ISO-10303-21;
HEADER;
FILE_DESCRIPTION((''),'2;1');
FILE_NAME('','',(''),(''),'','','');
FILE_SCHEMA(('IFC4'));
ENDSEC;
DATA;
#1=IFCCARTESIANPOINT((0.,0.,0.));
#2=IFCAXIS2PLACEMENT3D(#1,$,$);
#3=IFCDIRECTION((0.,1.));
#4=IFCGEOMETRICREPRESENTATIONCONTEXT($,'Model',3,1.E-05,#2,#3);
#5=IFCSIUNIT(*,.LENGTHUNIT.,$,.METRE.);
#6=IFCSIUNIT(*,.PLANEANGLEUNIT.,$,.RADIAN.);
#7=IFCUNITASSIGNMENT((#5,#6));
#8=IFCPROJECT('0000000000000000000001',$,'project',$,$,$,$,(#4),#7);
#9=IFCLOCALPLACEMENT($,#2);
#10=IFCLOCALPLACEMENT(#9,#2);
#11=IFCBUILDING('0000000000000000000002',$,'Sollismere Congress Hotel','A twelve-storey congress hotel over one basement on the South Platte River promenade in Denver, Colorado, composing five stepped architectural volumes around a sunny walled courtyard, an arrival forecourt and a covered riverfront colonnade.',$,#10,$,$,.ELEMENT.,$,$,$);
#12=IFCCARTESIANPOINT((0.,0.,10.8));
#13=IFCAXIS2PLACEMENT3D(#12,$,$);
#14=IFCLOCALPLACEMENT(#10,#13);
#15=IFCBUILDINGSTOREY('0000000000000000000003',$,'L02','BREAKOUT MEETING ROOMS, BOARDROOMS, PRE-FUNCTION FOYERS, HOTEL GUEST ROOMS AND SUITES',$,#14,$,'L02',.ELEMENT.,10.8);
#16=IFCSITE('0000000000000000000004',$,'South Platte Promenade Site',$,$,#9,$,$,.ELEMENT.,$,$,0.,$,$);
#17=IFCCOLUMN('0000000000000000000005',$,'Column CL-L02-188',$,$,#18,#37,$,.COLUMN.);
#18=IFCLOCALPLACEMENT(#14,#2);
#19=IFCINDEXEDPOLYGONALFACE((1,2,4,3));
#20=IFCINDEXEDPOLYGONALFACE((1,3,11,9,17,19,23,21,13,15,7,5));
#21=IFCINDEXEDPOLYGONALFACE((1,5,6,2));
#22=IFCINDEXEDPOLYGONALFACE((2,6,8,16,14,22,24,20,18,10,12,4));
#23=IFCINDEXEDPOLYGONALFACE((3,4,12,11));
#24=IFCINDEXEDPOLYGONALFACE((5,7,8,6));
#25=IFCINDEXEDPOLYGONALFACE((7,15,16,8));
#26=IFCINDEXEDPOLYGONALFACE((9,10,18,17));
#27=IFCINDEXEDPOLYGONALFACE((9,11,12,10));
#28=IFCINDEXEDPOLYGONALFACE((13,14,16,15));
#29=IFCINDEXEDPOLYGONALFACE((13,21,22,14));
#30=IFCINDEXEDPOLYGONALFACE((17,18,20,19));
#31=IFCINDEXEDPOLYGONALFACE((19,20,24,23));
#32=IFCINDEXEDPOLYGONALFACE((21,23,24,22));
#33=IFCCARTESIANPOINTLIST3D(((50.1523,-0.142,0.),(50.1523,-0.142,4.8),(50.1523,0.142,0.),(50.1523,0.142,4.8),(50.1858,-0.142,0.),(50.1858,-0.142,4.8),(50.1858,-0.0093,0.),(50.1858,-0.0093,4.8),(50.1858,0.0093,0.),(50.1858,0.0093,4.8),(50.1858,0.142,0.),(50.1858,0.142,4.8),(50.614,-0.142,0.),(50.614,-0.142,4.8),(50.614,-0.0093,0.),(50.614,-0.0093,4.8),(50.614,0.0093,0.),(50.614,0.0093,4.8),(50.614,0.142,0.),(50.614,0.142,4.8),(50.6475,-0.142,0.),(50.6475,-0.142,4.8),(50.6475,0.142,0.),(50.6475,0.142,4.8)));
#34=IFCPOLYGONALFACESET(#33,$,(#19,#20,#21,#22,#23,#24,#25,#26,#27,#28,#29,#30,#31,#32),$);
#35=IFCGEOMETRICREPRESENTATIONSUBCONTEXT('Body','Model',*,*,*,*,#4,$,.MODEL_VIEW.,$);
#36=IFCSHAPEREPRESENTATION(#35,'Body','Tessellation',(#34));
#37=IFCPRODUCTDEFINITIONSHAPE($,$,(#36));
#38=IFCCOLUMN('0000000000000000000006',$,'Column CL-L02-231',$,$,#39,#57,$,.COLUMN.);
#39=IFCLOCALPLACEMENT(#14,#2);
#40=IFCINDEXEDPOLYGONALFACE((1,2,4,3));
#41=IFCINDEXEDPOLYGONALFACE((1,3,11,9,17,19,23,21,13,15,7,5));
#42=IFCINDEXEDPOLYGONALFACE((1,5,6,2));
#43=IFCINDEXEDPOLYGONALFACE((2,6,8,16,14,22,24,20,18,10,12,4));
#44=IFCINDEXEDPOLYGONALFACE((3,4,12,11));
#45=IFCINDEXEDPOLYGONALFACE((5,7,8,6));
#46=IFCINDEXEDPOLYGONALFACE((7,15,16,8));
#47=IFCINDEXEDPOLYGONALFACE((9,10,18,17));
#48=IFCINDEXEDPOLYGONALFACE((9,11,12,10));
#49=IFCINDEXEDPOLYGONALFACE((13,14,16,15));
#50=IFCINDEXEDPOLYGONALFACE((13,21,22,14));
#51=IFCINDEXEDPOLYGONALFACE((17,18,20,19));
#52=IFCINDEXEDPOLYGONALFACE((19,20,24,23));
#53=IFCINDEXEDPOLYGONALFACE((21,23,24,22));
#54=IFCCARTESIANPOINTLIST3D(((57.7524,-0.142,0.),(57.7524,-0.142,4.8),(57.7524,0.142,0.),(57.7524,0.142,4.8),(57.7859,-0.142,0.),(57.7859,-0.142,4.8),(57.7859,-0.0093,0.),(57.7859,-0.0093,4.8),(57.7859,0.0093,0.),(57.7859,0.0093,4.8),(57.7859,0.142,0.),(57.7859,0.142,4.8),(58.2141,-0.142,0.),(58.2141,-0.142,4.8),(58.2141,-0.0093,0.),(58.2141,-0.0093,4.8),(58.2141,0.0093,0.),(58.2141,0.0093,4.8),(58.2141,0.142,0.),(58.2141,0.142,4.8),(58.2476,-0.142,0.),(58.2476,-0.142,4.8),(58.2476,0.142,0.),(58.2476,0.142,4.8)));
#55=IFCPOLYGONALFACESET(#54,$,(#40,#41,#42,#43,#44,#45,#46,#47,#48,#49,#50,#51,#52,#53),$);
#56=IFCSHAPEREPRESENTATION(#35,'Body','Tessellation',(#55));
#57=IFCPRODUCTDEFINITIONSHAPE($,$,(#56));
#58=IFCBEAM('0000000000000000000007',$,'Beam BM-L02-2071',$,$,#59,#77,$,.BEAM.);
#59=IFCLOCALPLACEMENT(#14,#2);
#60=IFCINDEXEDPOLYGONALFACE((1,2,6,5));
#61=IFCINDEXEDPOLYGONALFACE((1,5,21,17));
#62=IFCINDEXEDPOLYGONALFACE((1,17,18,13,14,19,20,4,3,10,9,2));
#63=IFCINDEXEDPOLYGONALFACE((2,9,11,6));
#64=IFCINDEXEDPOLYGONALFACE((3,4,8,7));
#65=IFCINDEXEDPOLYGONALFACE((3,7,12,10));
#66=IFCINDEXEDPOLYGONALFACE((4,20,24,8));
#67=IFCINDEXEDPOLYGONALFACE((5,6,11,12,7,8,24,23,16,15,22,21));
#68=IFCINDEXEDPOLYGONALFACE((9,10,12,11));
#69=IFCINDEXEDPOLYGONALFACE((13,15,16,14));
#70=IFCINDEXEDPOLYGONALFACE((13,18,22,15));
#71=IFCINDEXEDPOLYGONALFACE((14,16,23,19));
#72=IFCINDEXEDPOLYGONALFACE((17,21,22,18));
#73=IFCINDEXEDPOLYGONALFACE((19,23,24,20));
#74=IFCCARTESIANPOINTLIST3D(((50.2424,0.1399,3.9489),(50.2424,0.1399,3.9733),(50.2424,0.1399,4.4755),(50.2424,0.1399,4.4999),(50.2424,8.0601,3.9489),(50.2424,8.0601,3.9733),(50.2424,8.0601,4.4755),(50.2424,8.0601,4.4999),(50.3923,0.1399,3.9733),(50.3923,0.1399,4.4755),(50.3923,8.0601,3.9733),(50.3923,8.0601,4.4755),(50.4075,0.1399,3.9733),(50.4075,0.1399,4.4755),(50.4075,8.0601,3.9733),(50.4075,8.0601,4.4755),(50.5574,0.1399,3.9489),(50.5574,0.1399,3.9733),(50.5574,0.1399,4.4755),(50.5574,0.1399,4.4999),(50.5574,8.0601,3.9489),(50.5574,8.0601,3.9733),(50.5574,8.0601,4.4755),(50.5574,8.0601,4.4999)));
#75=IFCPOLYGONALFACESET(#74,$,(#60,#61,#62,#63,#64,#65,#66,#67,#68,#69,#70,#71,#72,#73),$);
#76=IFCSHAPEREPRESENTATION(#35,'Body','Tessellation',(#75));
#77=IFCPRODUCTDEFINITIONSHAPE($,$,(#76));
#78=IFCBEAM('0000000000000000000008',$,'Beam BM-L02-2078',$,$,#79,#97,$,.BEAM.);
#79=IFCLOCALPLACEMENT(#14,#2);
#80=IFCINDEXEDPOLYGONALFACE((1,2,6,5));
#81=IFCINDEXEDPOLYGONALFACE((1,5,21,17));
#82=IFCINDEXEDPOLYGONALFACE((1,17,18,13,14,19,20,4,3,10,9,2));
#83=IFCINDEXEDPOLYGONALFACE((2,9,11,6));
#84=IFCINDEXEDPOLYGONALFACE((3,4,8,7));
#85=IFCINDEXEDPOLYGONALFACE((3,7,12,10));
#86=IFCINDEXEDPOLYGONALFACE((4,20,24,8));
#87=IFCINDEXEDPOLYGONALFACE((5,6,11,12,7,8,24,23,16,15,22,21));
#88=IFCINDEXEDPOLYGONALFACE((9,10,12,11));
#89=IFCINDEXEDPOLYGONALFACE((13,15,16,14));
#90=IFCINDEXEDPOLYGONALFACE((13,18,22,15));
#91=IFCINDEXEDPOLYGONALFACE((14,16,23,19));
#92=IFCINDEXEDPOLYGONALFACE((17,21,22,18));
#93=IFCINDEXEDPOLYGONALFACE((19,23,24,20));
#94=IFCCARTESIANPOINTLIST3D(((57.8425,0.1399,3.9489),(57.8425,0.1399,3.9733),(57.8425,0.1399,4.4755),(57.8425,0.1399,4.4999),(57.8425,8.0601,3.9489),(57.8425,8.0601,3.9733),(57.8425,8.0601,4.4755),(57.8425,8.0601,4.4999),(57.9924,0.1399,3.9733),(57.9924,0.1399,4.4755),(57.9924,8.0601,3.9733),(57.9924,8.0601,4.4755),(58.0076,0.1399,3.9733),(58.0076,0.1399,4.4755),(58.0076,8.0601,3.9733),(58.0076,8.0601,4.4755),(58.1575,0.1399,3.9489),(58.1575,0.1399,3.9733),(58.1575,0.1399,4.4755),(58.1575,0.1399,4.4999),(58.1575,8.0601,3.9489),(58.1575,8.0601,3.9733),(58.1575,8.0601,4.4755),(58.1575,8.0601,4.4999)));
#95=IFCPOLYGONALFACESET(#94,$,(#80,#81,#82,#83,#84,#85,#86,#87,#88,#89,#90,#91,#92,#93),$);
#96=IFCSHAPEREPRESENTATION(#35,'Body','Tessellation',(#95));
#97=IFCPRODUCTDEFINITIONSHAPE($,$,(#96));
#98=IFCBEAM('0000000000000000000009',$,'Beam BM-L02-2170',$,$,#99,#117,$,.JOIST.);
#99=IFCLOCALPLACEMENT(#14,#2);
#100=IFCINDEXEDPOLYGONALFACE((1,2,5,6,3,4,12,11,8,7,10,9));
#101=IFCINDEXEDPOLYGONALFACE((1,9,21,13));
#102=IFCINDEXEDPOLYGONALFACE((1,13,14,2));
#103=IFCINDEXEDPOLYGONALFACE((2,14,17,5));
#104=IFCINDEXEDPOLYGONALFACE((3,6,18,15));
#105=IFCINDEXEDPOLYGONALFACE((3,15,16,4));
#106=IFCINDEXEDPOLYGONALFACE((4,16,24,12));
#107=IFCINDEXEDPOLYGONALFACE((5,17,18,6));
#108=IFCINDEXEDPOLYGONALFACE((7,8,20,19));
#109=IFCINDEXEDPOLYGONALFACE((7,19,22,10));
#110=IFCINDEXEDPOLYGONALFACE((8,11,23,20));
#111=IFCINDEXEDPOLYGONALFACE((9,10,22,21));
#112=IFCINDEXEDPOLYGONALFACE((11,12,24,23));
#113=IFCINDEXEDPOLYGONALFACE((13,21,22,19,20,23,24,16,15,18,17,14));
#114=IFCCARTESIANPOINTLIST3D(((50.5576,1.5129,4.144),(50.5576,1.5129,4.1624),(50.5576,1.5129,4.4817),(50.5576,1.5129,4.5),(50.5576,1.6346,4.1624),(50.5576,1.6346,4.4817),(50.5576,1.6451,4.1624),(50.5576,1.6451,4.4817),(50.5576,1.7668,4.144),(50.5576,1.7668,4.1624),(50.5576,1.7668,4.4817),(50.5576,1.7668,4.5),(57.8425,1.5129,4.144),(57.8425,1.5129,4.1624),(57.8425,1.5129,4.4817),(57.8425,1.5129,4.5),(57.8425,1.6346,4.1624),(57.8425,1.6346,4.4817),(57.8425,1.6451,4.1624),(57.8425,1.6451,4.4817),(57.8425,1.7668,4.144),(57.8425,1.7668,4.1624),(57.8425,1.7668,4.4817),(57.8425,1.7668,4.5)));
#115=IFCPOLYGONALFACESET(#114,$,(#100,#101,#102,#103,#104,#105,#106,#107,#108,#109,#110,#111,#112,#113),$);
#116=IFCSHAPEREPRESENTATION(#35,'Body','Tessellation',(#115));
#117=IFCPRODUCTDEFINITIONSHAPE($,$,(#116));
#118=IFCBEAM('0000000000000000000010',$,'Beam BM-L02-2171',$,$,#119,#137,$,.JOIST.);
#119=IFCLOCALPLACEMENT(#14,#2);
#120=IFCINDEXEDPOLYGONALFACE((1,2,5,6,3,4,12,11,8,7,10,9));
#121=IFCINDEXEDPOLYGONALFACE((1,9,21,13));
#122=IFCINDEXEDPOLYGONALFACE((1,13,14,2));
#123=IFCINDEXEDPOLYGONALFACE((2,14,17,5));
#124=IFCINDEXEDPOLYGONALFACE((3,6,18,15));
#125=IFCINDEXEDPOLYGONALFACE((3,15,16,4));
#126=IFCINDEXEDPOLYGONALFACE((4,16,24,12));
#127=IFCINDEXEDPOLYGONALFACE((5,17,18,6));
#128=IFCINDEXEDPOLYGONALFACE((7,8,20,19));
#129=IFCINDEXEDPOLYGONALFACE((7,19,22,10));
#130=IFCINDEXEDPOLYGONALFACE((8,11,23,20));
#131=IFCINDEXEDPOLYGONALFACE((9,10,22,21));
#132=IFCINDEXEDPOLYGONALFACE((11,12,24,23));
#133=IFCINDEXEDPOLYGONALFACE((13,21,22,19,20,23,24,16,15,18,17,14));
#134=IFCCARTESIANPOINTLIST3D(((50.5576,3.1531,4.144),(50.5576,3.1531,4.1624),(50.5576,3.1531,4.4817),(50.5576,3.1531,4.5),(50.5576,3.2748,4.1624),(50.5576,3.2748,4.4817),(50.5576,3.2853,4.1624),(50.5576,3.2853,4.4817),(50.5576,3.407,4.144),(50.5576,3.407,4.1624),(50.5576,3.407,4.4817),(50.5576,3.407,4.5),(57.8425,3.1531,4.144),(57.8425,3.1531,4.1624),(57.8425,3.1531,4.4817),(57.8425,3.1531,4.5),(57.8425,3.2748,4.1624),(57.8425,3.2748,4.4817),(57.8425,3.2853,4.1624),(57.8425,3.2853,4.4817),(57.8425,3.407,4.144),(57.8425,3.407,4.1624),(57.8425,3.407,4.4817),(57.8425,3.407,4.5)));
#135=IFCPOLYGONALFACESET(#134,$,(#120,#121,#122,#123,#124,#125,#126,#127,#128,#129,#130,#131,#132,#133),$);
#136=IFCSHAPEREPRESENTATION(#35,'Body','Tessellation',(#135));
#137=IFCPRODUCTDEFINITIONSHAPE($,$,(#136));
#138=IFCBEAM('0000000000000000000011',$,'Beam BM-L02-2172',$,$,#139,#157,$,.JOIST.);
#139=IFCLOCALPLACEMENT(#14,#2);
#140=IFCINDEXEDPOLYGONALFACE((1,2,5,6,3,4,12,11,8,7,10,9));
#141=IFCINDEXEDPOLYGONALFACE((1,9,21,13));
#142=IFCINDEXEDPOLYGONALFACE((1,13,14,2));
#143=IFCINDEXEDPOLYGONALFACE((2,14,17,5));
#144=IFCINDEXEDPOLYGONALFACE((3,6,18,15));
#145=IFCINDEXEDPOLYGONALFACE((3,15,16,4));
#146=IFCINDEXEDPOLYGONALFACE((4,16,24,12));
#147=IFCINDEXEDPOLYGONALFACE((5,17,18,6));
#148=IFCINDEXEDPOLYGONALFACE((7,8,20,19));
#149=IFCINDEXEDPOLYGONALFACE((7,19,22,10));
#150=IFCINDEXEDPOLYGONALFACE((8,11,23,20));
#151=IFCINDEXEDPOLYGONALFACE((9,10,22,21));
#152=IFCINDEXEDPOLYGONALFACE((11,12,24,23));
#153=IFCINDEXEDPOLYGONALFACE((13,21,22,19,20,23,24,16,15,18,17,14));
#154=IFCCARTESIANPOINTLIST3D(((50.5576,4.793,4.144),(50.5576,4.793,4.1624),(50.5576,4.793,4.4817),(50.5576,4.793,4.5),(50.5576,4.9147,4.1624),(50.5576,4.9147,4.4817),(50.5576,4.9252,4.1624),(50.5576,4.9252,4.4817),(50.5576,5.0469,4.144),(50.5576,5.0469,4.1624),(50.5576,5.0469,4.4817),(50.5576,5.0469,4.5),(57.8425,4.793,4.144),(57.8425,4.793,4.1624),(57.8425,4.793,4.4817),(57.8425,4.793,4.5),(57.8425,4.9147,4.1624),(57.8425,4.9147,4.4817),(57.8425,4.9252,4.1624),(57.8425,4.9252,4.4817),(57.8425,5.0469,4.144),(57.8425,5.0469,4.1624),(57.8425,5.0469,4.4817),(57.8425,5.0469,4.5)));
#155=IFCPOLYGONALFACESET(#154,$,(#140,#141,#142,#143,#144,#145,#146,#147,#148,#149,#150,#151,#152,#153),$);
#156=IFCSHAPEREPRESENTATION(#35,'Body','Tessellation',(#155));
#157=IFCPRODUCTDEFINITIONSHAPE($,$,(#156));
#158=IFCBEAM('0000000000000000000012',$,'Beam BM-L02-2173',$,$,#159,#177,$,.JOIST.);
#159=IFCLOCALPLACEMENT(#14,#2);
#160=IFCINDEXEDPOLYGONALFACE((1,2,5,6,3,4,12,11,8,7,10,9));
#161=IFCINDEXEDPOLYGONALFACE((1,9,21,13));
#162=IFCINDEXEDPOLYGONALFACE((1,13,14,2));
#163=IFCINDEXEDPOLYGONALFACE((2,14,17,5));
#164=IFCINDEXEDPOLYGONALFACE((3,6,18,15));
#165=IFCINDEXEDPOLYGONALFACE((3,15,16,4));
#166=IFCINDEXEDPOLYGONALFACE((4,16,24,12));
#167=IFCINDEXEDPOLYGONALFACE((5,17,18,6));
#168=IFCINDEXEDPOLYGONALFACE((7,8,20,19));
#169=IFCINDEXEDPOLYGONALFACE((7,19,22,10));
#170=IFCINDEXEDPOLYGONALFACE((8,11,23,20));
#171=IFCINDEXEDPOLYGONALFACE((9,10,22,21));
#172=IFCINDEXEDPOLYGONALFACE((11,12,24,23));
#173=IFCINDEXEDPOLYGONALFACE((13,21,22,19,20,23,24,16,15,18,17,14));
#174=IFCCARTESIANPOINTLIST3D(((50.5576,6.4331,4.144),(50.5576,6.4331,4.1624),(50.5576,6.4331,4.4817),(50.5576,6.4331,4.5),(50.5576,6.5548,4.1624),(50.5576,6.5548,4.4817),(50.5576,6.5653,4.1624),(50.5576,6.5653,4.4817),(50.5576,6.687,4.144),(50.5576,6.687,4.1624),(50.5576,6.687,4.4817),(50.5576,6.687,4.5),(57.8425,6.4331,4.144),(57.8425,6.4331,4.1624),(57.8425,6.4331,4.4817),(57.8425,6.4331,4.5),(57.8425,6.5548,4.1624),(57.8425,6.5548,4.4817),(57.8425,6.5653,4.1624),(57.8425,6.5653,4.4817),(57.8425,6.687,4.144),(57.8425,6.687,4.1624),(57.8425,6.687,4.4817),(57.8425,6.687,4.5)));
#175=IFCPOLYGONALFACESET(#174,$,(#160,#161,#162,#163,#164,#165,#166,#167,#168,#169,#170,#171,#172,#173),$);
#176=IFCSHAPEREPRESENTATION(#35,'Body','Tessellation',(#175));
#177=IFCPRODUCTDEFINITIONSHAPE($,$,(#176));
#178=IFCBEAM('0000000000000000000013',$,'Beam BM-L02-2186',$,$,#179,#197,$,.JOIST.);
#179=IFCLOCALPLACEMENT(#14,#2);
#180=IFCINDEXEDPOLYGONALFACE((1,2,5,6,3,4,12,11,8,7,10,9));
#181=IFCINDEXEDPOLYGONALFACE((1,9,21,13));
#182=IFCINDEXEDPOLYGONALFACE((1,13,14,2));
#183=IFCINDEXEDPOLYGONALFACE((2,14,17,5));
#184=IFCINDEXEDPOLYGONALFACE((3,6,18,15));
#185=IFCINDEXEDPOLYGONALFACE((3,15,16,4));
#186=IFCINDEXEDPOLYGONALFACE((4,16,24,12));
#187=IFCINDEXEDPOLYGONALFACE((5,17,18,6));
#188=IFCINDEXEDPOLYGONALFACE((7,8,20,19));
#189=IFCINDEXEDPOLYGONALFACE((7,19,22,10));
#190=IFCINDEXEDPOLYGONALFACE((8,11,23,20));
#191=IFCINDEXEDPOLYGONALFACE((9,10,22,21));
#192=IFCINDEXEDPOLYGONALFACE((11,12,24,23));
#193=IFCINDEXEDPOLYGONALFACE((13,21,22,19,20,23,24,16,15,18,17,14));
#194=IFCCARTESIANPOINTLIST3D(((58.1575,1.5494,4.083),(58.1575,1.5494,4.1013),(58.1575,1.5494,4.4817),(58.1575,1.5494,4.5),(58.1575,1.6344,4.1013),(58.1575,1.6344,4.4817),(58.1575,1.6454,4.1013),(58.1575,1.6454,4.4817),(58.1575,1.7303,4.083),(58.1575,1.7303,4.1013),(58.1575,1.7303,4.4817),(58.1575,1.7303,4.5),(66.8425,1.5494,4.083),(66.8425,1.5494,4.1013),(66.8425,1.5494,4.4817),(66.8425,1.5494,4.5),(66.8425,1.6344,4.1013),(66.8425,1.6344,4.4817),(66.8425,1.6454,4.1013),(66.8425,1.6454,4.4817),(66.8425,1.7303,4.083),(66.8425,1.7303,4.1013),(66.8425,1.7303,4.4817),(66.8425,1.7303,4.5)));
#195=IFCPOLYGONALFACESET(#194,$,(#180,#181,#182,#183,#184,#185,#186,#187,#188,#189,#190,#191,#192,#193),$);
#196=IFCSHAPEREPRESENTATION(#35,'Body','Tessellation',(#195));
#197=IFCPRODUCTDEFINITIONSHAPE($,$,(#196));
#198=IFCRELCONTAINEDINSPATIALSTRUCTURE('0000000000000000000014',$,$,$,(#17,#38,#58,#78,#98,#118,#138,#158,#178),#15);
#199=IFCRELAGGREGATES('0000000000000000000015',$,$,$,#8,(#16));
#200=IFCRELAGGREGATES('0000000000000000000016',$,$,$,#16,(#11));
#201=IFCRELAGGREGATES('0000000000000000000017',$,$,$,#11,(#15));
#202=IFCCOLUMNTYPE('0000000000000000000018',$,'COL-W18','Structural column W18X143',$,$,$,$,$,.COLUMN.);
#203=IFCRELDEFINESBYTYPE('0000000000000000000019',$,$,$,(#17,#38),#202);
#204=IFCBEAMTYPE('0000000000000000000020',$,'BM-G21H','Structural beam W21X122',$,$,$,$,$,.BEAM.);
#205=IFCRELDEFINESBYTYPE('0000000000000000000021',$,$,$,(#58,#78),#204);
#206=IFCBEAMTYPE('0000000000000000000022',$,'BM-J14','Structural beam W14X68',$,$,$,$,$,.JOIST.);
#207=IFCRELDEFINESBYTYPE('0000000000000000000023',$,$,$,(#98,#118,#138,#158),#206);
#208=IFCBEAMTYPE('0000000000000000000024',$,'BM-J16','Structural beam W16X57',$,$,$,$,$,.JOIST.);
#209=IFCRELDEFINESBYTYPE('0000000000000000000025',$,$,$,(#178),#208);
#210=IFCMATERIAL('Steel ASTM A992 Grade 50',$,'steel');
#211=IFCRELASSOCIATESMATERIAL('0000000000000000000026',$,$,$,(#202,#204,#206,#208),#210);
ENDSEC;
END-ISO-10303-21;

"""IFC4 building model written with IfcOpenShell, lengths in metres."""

from ifc_helpers import new_model, si_unit, direction, frame, origin, origin_2d, place, context, subcontext, project, spatial, i_section, extrude, material, material_profile, profile_set, type_object, element, save


model = new_model("IFC4")

# Units and contexts
model_context = context("Model", 3, precision=1e-05, world=origin(), true_north=direction((0.0, 1.0)))
body_context = subcontext(model_context, "Body", "Model", "MODEL_VIEW")
ifc_project = project(units=[si_unit("LENGTHUNIT", "METRE"), si_unit("PLANEANGLEUNIT", "RADIAN")], contexts=[model_context])

# Site, building, storey
site_placement = place(None, origin())
site = spatial("IfcSite", under=ifc_project, at=site_placement, Name="South Platte Promenade Site", CompositionType="ELEMENT", RefElevation=0.0)
building_placement = place(site_placement, origin())
building = spatial("IfcBuilding", under=site, at=building_placement, Name="Sollismere Congress Hotel", Description="A twelve-storey congress hotel over one basement on the South Platte River promenade in Denver, Colorado, composing five stepped architectural volumes around a sunny walled courtyard, an arrival forecourt and a covered riverfront colonnade.", CompositionType="ELEMENT")
storey_placement = place(building_placement, frame((0.0, 0.0, 10.8)))
storey = spatial("IfcBuildingStorey", under=building, at=storey_placement, Name="L02", Description="BREAKOUT MEETING ROOMS, BOARDROOMS, PRE-FUNCTION FOYERS, HOTEL GUEST ROOMS AND SUITES", LongName="L02", CompositionType="ELEMENT", Elevation=10.8)

# Columns
ifc_material_1 = material(Name="Steel ASTM A992 Grade 50", Category="steel")
ifc_material_profile_1 = material_profile(ifc_material_1, i_section(OverallWidth=0.2839, OverallDepth=0.4951, WebThickness=0.0186, FlangeThickness=0.0334, at=origin_2d()), Name="W18X143")
ifc_profile_set_1 = profile_set([ifc_material_profile_1], Name="Steel ASTM A992 Grade 50")
column_type = type_object("IfcColumnType", Name="COL-W18", Description="Structural column W18X143", PredefinedType="COLUMN", material=ifc_profile_set_1)
for number, where, z_axis, x_axis, name in (
    (1, (50.3999, 0.0, 0.0), (0.0, 0.0, 1.0), (0.0, 1.0, 0.0), "Column CL-L02-188"),
    (2, (58.0, 0.0, 0.0), (0.0, 0.0, 1.0), (0.0, 1.0, 0.0), "Column CL-L02-231"),
):
    element("IfcColumn", number, at=place(storey_placement, frame(where, z_axis=z_axis, x_axis=x_axis)), inside=storey, type_object=column_type, Name=name, PredefinedType="COLUMN", context=body_context, shape_type="SweptSolid", body=[
        extrude(i_section(OverallWidth=0.2839, OverallDepth=0.4951, WebThickness=0.0186, FlangeThickness=0.0334, at=origin_2d()), origin(), (0.0, 0.0, 1.0), 4.8),
    ])

# Beams
ifc_material_profile_2 = material_profile(ifc_material_1, i_section(OverallWidth=0.3149, OverallDepth=0.551, WebThickness=0.0151, FlangeThickness=0.0244, at=origin_2d()), Name="W21X122")
ifc_profile_set_2 = profile_set([ifc_material_profile_2], Name="Steel ASTM A992 Grade 50")
beam_type_1 = type_object("IfcBeamType", Name="BM-G21H", Description="Structural beam W21X122", PredefinedType="BEAM", material=ifc_profile_set_2)
for number, where, z_axis, x_axis, name in (
    (3, (50.3999, 0.1399, 4.2244), (0.0, 1.0, 0.0), (-1.0, 0.0, 0.0), "Beam BM-L02-2071"),
    (4, (58.0, 0.1399, 4.2244), (0.0, 1.0, 0.0), (-1.0, 0.0, 0.0), "Beam BM-L02-2078"),
):
    element("IfcBeam", number, at=place(storey_placement, frame(where, z_axis=z_axis, x_axis=x_axis)), inside=storey, type_object=beam_type_1, Name=name, PredefinedType="BEAM", context=body_context, shape_type="SweptSolid", body=[
        extrude(i_section(OverallWidth=0.3149, OverallDepth=0.551, WebThickness=0.0151, FlangeThickness=0.0244, at=origin_2d()), origin(), (0.0, 0.0, 1.0), 7.9202),
    ])
ifc_material_profile_3 = material_profile(ifc_material_1, i_section(OverallWidth=0.2539, OverallDepth=0.356, WebThickness=0.0105, FlangeThickness=0.0183, at=origin_2d()), Name="W14X68")
ifc_profile_set_3 = profile_set([ifc_material_profile_3], Name="Steel ASTM A992 Grade 50")
beam_type_2 = type_object("IfcBeamType", Name="BM-J14", Description="Structural beam W14X68", PredefinedType="JOIST", material=ifc_profile_set_3)
for number, where, z_axis, x_axis, name in (
    (5, (50.5576, 1.6399, 4.322), (1.0, 0.0, 0.0), (0.0, 1.0, 0.0), "Beam BM-L02-2170"),
    (6, (50.5576, 3.28, 4.322), (1.0, 0.0, 0.0), (0.0, 1.0, 0.0), "Beam BM-L02-2171"),
    (7, (50.5576, 4.9199, 4.322), (1.0, 0.0, 0.0), (0.0, 1.0, 0.0), "Beam BM-L02-2172"),
    (8, (50.5576, 6.5601, 4.322), (1.0, 0.0, 0.0), (0.0, 1.0, 0.0), "Beam BM-L02-2173"),
):
    element("IfcBeam", number, at=place(storey_placement, frame(where, z_axis=z_axis, x_axis=x_axis)), inside=storey, type_object=beam_type_2, Name=name, PredefinedType="JOIST", context=body_context, shape_type="SweptSolid", body=[
        extrude(i_section(OverallWidth=0.2539, OverallDepth=0.356, WebThickness=0.0105, FlangeThickness=0.0183, at=origin_2d()), origin(), (0.0, 0.0, 1.0), 7.2849),
    ])
ifc_material_profile_4 = material_profile(ifc_material_1, i_section(OverallWidth=0.1809, OverallDepth=0.417, WebThickness=0.011, FlangeThickness=0.0183, at=origin_2d()), Name="W16X57")
ifc_profile_set_4 = profile_set([ifc_material_profile_4], Name="Steel ASTM A992 Grade 50")
beam_type_3 = type_object("IfcBeamType", Name="BM-J16", Description="Structural beam W16X57", PredefinedType="JOIST", material=ifc_profile_set_4)
for number, where, z_axis, x_axis, name in (
    (9, (58.1575, 1.6399, 4.2915), (1.0, 0.0, 0.0), (0.0, 1.0, 0.0), "Beam BM-L02-2186"),
):
    element("IfcBeam", number, at=place(storey_placement, frame(where, z_axis=z_axis, x_axis=x_axis)), inside=storey, type_object=beam_type_3, Name=name, PredefinedType="JOIST", context=body_context, shape_type="SweptSolid", body=[
        extrude(i_section(OverallWidth=0.1809, OverallDepth=0.417, WebThickness=0.011, FlangeThickness=0.0183, at=origin_2d()), origin(), (0.0, 0.0, 1.0), 8.6851),
    ])

save(model, "model.ifc")
